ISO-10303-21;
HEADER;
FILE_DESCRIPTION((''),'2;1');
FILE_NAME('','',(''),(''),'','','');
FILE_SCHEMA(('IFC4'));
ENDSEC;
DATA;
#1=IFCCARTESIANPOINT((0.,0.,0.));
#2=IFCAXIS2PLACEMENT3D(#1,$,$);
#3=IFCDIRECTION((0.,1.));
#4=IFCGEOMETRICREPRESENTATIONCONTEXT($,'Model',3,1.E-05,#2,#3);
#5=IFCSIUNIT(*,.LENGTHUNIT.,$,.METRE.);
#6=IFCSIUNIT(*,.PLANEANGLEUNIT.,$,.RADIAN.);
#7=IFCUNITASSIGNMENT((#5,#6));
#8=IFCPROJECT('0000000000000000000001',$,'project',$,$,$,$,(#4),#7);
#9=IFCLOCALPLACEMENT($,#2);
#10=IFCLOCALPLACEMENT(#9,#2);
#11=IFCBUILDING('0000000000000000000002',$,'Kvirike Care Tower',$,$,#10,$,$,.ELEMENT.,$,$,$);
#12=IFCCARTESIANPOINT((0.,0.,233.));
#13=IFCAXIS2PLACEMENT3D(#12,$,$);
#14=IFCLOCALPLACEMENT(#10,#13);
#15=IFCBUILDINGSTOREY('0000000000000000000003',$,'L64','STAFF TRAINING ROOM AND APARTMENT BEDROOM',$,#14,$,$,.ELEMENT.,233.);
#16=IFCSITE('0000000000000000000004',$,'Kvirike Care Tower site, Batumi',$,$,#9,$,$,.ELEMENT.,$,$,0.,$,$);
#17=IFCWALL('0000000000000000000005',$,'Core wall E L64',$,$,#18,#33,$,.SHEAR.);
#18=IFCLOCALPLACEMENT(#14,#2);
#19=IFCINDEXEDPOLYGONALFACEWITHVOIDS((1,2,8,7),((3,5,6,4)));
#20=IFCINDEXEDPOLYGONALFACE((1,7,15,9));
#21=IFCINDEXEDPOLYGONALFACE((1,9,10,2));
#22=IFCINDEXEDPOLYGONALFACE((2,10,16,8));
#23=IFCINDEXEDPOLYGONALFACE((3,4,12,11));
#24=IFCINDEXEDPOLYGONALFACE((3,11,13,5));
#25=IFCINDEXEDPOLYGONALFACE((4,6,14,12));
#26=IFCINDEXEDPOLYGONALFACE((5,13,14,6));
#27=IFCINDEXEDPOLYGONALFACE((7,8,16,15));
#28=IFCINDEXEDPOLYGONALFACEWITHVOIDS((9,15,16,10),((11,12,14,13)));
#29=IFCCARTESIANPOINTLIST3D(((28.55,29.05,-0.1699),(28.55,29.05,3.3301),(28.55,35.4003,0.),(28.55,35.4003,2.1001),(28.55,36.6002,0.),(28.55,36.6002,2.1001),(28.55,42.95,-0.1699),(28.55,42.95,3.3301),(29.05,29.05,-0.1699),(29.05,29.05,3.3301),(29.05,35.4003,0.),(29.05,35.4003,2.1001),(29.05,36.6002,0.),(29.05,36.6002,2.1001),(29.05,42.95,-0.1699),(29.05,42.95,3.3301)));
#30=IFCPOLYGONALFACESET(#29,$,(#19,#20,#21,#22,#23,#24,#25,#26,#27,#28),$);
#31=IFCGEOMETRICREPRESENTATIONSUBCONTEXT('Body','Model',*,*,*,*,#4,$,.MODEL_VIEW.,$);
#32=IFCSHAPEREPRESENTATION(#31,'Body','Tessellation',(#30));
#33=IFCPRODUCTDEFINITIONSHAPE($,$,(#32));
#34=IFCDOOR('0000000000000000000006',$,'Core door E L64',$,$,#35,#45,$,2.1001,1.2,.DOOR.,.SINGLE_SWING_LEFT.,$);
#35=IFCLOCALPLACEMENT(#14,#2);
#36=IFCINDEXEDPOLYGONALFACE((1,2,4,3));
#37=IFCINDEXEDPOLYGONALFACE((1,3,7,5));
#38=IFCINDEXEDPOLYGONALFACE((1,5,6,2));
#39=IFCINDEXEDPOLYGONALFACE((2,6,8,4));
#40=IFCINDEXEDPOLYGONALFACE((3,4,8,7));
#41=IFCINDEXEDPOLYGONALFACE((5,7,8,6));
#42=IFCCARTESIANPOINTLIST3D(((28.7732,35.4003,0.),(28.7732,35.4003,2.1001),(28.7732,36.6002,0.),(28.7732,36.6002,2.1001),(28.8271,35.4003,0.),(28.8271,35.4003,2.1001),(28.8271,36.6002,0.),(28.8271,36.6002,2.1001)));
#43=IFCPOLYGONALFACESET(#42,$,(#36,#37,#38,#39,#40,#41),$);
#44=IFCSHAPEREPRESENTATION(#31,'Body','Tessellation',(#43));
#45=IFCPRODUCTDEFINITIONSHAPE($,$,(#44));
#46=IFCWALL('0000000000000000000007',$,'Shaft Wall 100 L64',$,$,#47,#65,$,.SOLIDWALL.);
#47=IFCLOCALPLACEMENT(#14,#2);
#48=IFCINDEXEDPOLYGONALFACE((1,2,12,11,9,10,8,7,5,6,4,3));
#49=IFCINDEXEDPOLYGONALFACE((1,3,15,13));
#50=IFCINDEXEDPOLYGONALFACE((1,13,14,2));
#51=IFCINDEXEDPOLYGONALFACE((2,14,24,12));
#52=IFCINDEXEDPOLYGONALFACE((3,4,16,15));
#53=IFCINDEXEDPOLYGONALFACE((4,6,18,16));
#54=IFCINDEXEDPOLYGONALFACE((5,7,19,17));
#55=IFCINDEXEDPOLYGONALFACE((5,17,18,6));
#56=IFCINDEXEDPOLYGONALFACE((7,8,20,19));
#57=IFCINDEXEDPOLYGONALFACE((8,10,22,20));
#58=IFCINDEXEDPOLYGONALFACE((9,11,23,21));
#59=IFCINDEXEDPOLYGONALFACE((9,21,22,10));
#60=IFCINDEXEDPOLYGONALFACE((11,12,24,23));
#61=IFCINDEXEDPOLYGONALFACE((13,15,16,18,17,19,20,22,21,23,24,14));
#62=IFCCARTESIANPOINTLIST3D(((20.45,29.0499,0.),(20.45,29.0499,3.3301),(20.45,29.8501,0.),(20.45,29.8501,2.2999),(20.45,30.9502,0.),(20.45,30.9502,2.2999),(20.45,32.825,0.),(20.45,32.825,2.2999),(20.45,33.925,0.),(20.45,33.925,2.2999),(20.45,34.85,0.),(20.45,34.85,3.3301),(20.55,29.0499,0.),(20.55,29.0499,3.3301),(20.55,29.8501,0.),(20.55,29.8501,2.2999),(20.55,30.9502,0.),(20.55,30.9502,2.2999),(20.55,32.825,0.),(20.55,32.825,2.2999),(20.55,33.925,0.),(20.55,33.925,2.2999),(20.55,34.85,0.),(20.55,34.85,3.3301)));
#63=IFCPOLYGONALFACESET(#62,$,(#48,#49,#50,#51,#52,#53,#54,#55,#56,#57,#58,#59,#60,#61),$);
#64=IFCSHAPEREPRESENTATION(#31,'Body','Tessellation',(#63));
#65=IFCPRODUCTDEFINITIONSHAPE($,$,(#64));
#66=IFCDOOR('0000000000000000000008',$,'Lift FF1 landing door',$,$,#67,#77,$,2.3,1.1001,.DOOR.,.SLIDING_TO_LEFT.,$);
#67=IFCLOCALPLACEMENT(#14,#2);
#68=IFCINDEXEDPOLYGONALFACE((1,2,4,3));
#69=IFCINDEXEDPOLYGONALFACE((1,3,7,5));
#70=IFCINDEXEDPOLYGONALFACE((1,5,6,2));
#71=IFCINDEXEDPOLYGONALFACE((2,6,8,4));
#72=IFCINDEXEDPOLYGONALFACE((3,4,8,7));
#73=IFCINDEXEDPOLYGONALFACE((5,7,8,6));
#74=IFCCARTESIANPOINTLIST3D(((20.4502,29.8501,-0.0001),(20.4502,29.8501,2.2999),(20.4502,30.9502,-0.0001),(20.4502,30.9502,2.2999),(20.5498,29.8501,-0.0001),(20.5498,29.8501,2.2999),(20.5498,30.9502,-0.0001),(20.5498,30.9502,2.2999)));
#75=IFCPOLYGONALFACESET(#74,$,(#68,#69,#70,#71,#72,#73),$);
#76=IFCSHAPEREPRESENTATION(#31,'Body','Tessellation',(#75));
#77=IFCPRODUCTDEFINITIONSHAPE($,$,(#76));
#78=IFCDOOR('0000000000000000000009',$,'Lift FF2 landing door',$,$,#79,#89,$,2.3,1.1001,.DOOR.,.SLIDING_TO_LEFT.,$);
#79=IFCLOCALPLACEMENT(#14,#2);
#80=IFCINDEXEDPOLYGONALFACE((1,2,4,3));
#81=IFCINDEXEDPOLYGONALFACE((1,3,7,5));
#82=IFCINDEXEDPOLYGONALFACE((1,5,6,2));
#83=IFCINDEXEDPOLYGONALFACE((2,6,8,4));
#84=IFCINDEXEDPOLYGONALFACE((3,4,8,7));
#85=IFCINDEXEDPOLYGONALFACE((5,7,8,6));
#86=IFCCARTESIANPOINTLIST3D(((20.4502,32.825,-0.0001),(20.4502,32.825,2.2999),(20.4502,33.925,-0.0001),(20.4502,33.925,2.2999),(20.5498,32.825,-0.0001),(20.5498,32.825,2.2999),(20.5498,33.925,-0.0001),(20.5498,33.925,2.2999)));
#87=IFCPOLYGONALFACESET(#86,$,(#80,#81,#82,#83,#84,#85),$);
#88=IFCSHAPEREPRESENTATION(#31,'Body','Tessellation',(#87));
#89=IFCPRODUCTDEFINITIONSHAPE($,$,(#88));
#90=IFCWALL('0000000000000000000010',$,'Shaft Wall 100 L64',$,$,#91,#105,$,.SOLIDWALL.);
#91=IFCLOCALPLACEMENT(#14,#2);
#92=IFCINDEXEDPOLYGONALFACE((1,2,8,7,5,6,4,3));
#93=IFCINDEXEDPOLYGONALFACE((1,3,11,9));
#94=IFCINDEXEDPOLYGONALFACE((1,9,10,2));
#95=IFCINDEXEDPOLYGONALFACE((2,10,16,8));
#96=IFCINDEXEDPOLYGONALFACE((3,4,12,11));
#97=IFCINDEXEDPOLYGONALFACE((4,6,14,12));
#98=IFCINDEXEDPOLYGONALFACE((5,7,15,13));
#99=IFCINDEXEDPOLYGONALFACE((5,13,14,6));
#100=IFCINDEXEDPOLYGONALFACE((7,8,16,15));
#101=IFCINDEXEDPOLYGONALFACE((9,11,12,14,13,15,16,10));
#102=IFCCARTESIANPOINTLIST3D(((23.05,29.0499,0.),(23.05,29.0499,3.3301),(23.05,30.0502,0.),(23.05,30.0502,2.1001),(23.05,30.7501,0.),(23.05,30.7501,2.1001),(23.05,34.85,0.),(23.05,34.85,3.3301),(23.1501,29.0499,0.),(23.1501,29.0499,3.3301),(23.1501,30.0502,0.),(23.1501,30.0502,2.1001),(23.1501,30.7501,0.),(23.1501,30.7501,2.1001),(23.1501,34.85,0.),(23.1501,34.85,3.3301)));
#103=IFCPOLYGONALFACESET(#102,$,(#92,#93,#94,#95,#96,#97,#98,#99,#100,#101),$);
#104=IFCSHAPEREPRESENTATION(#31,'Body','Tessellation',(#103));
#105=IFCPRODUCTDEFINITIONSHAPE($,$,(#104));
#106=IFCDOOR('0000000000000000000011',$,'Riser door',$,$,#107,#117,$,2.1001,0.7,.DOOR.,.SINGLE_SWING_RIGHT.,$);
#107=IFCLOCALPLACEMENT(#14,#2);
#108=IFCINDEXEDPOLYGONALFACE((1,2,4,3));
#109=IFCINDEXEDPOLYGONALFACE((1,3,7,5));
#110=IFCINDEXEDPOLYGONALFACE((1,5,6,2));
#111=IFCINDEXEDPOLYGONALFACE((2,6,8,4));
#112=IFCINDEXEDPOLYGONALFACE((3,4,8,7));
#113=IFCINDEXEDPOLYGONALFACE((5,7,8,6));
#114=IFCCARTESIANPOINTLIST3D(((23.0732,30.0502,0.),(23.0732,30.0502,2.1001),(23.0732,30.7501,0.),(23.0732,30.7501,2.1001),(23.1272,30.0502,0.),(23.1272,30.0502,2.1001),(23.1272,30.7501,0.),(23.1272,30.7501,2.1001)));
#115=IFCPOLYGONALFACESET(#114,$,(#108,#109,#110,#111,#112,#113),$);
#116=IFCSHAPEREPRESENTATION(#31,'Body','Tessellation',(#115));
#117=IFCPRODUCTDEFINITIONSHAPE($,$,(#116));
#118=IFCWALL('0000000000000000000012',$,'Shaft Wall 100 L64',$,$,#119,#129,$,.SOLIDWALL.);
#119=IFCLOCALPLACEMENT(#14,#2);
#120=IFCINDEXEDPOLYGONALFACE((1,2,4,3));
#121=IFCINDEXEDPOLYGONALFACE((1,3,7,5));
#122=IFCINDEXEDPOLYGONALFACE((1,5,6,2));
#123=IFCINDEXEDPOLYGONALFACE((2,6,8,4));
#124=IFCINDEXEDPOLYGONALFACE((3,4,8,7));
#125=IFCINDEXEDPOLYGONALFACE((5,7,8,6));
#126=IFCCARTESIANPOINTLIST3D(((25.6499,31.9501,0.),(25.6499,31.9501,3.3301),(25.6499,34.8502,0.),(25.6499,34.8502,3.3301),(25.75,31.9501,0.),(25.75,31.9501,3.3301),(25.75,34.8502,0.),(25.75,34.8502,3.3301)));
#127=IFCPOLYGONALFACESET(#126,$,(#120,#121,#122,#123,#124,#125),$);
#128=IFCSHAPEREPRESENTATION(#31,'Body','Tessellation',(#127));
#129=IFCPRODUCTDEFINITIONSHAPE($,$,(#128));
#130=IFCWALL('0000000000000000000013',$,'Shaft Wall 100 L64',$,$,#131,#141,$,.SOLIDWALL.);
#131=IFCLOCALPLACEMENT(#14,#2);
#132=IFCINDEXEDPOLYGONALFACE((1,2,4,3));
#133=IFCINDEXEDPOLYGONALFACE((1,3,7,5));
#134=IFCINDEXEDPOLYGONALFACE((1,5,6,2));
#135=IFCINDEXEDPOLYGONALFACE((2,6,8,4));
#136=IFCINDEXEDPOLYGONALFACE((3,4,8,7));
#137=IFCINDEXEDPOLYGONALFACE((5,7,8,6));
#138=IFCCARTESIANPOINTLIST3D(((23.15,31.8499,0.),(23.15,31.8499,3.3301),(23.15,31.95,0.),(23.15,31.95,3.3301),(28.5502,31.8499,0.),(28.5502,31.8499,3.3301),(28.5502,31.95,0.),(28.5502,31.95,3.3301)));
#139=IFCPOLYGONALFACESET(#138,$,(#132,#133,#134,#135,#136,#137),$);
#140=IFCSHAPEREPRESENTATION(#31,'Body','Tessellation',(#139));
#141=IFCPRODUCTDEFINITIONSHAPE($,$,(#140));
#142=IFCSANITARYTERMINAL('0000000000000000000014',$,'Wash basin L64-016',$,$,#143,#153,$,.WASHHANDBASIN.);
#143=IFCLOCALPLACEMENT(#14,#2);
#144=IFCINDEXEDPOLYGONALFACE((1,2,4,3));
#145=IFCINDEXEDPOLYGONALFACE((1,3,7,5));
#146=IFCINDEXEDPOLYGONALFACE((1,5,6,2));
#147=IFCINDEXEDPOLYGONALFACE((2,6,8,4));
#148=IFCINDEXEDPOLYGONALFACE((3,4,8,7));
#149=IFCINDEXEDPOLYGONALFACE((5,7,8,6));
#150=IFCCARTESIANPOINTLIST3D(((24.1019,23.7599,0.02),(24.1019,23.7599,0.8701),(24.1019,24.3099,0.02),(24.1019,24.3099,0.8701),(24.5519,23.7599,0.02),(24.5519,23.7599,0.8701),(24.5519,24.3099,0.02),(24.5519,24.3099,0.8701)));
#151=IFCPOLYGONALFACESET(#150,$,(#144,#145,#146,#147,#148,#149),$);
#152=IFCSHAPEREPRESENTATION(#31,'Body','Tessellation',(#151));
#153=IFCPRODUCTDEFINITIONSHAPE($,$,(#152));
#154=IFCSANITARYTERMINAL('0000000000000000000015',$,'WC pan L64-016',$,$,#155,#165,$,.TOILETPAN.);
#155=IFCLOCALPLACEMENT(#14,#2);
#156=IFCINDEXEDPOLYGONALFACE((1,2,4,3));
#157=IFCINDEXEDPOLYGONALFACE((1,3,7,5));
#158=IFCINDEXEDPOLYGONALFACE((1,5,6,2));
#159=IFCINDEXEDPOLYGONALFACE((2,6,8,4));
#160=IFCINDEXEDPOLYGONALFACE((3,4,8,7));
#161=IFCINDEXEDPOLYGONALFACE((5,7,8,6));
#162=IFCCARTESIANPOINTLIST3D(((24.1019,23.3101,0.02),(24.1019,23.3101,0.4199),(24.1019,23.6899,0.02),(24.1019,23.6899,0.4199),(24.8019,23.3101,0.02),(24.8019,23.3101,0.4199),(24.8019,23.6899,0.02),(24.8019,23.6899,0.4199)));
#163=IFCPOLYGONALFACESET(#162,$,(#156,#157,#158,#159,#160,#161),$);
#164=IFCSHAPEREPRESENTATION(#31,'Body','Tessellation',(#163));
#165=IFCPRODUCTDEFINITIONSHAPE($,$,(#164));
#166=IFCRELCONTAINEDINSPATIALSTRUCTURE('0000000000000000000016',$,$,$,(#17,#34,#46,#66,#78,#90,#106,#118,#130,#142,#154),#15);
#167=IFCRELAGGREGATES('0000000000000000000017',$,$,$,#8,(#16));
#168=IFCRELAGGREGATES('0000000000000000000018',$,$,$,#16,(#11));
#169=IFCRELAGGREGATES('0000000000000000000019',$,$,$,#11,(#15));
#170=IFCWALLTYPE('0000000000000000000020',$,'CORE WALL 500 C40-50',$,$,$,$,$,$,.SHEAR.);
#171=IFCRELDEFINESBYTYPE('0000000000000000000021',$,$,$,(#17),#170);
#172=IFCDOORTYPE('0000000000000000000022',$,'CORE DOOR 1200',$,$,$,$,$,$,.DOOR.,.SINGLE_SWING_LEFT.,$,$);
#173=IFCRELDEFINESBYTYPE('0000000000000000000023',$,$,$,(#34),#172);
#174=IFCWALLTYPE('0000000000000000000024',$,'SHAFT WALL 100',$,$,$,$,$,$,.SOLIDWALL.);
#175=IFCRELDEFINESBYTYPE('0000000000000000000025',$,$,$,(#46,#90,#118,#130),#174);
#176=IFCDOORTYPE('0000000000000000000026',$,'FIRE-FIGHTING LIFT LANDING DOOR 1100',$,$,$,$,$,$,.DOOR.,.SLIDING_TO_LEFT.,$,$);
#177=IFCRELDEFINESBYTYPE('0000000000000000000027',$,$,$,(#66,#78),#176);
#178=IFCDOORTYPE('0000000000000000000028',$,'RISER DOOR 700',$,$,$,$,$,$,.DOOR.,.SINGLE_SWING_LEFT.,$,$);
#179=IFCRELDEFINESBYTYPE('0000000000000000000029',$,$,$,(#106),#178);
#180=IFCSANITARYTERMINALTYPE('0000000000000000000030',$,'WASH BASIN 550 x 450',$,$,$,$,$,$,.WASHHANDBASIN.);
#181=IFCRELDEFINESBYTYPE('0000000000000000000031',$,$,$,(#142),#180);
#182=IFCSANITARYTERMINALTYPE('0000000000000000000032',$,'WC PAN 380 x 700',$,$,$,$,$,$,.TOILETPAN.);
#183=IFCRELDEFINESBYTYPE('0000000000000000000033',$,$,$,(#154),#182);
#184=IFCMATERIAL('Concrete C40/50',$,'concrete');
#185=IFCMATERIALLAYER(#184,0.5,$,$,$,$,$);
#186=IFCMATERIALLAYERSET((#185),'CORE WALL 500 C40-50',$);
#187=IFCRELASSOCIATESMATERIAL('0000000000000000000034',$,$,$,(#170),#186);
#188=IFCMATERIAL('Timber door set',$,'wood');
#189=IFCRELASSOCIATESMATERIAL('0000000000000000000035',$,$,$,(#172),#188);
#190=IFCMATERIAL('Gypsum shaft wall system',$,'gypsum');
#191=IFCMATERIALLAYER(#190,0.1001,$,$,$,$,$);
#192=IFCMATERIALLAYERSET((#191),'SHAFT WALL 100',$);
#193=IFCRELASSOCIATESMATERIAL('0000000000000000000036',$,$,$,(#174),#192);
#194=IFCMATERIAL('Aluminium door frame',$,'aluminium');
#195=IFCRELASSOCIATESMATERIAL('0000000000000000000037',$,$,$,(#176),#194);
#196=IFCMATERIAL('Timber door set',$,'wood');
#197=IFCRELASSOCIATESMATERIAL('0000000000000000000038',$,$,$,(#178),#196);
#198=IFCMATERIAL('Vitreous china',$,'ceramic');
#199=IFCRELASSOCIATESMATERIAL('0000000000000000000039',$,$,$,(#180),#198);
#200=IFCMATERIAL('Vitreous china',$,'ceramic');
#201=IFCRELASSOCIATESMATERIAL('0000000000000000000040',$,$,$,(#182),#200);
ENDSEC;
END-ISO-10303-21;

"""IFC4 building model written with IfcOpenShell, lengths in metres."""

from ifc_helpers import new_model, si_unit, direction, frame, frame_2d, origin, origin_2d, place, context, subcontext, project, spatial, rectangle, extrude, material, layer, layer_set, type_object, element, fill, save


model = new_model("IFC4")

# Units and contexts
model_context = context("Model", 3, precision=1e-05, world=origin(), true_north=direction((0.0, 1.0)))
body_context = subcontext(model_context, "Body", "Model", "MODEL_VIEW")
ifc_project = project(units=[si_unit("LENGTHUNIT", "METRE"), si_unit("PLANEANGLEUNIT", "RADIAN")], contexts=[model_context])

# Site, building, storey
site_placement = place(None, origin())
site = spatial("IfcSite", under=ifc_project, at=site_placement, Name="Kvirike Care Tower site, Batumi", CompositionType="ELEMENT", RefElevation=0.0)
building_placement = place(site_placement, origin())
building = spatial("IfcBuilding", under=site, at=building_placement, Name="Kvirike Care Tower", CompositionType="ELEMENT")
storey_placement = place(building_placement, frame((0.0, 0.0, 233.0)))
storey = spatial("IfcBuildingStorey", under=building, at=storey_placement, Name="L64", Description="STAFF TRAINING ROOM AND APARTMENT BEDROOM", CompositionType="ELEMENT", Elevation=233.0)

# Wall, opening, door
ifc_material_1 = material(Name="Concrete C40/50", Category="concrete")
ifc_layer_1 = layer(ifc_material_1, 0.5)
ifc_layer_set_1 = layer_set([ifc_layer_1], Name="CORE WALL 500 C40-50")
wall_type_1 = type_object("IfcWallType", Name="CORE WALL 500 C40-50", PredefinedType="SHEAR", material=ifc_layer_set_1)
wall_1_placement = place(storey_placement, frame((28.8, 29.05, -0.1699), z_axis=(0.0, 0.0, 1.0), x_axis=(0.0, 1.0, 0.0)))
wall_1 = element("IfcWall", 1, at=wall_1_placement, inside=storey, type_object=wall_type_1, Name="Core wall E L64", PredefinedType="SHEAR", context=body_context, shape_type="SweptSolid", body=[
    extrude(rectangle(XDim=13.8999, YDim=0.5, at=frame_2d((6.95, 0.0))), origin(), (0.0, 0.0, 1.0), 3.5),
])
opening_1_placement = place(wall_1_placement, frame((6.3501, 0.0, 0.1699)))
opening_1 = element("IfcOpeningElement", 2, at=opening_1_placement, cuts=wall_1, PredefinedType="OPENING", context=body_context, shape_type="SweptSolid", body=[
    extrude(rectangle(XDim=1.2, YDim=2.1001, at=frame_2d((0.6001, 1.05))), frame((0.0, 0.2605, 0.0), z_axis=(0.0, -1.0, 0.0), x_axis=(1.0, 0.0, 0.0)), (0.0, 0.0, 1.0), 0.521),
])
ifc_material_2 = material(Name="Timber door set", Category="wood")
door_type_1 = type_object("IfcDoorType", Name="CORE DOOR 1200", OperationType="SINGLE_SWING_LEFT", PredefinedType="DOOR", material=ifc_material_2)
door_1_placement = place(opening_1_placement, origin())
door_1 = element("IfcDoor", 3, at=door_1_placement, inside=storey, type_object=door_type_1, Name="Core door E L64", OperationType="SINGLE_SWING_LEFT", OverallHeight=2.1001, OverallWidth=1.2, PredefinedType="DOOR", context=body_context, shape_type="SweptSolid", body=[
    extrude(rectangle(XDim=1.2, YDim=2.1001, at=frame_2d((0.6001, 1.05))), frame((0.0, 0.0269, 0.0), z_axis=(0.0, -1.0, 0.0), x_axis=(1.0, 0.0, 0.0)), (0.0, 0.0, 1.0), 0.054),
])
fill(opening_1, door_1)

# Wall, openings, doors
ifc_material_3 = material(Name="Gypsum shaft wall system", Category="gypsum")
ifc_layer_2 = layer(ifc_material_3, 0.1001)
ifc_layer_set_2 = layer_set([ifc_layer_2], Name="SHAFT WALL 100")
wall_type_2 = type_object("IfcWallType", Name="SHAFT WALL 100", PredefinedType="SOLIDWALL", material=ifc_layer_set_2)
wall_2_placement = place(storey_placement, frame((20.5, 29.05, 0.0), z_axis=(0.0, 0.0, 1.0), x_axis=(0.0, 1.0, 0.0)))
wall_2 = element("IfcWall", 4, at=wall_2_placement, inside=storey, type_object=wall_type_2, Name="Shaft Wall 100 L64", PredefinedType="SOLIDWALL", context=body_context, shape_type="SweptSolid", body=[
    extrude(rectangle(XDim=5.8, YDim=0.1001, at=frame_2d((2.8999, 0.0))), origin(), (0.0, 0.0, 1.0), 3.3301),
])
opening_2_placement = place(wall_2_placement, frame((0.8, 0.0, 0.0)))
opening_2 = element("IfcOpeningElement", 5, at=opening_2_placement, cuts=wall_2, PredefinedType="OPENING", context=body_context, shape_type="SweptSolid", body=[
    extrude(rectangle(XDim=1.1001, YDim=2.3, at=frame_2d((0.55, 1.1499))), frame((0.0, 0.0605, 0.0), z_axis=(0.0, -1.0, 0.0), x_axis=(1.0, 0.0, 0.0)), (0.0, 0.0, 1.0), 0.1211),
])
opening_3_placement = place(wall_2_placement, frame((3.7749, 0.0, 0.0)))
opening_3 = element("IfcOpeningElement", 6, at=opening_3_placement, cuts=wall_2, PredefinedType="OPENING", context=body_context, shape_type="SweptSolid", body=[
    extrude(rectangle(XDim=1.1001, YDim=2.3, at=frame_2d((0.55, 1.1499))), frame((0.0, 0.0605, 0.0), z_axis=(0.0, -1.0, 0.0), x_axis=(1.0, 0.0, 0.0)), (0.0, 0.0, 1.0), 0.1211),
])
ifc_material_4 = material(Name="Aluminium door frame", Category="aluminium")
door_type_2 = type_object("IfcDoorType", Name="FIRE-FIGHTING LIFT LANDING DOOR 1100", OperationType="SLIDING_TO_LEFT", PredefinedType="DOOR", material=ifc_material_4)
door_2_placement = place(opening_2_placement, origin())
door_2 = element("IfcDoor", 7, at=door_2_placement, inside=storey, type_object=door_type_2, Name="Lift FF1 landing door", OperationType="SLIDING_TO_LEFT", OverallHeight=2.3, OverallWidth=1.1001, PredefinedType="DOOR", context=body_context, shape_type="SweptSolid", body=[
    extrude(rectangle(XDim=1.1001, YDim=2.3, at=frame_2d((0.55, 1.1499))), frame((0.0, 0.0498, 0.0), z_axis=(0.0, -1.0, 0.0), x_axis=(1.0, 0.0, 0.0)), (0.0, 0.0, 1.0), 0.0996),
])
fill(opening_2, door_2)
door_3_placement = place(opening_3_placement, origin())
door_3 = element("IfcDoor", 8, at=door_3_placement, inside=storey, type_object=door_type_2, Name="Lift FF2 landing door", OperationType="SLIDING_TO_LEFT", OverallHeight=2.3, OverallWidth=1.1001, PredefinedType="DOOR", context=body_context, shape_type="SweptSolid", body=[
    extrude(rectangle(XDim=1.1001, YDim=2.3, at=frame_2d((0.55, 1.1499))), frame((0.0, 0.0498, 0.0), z_axis=(0.0, -1.0, 0.0), x_axis=(1.0, 0.0, 0.0)), (0.0, 0.0, 1.0), 0.0996),
])
fill(opening_3, door_3)

# Wall, opening, door
wall_3_placement = place(storey_placement, frame((23.1001, 29.05, 0.0), z_axis=(0.0, 0.0, 1.0), x_axis=(0.0, 1.0, 0.0)))
wall_3 = element("IfcWall", 9, at=wall_3_placement, inside=storey, type_object=wall_type_2, Name="Shaft Wall 100 L64", PredefinedType="SOLIDWALL", context=body_context, shape_type="SweptSolid", body=[
    extrude(rectangle(XDim=5.8, YDim=0.1001, at=frame_2d((2.8999, 0.0))), origin(), (0.0, 0.0, 1.0), 3.3301),
])
opening_4_placement = place(wall_3_placement, frame((1.0, 0.0, 0.0)))
opening_4 = element("IfcOpeningElement", 10, at=opening_4_placement, cuts=wall_3, PredefinedType="OPENING", context=body_context, shape_type="SweptSolid", body=[
    extrude(rectangle(XDim=0.7, YDim=2.1001, at=frame_2d((0.3501, 1.05))), frame((0.0, 0.0605, 0.0), z_axis=(0.0, -1.0, 0.0), x_axis=(1.0, 0.0, 0.0)), (0.0, 0.0, 1.0), 0.1211),
])
ifc_material_5 = material(Name="Timber door set", Category="wood")
door_type_3 = type_object("IfcDoorType", Name="RISER DOOR 700", OperationType="SINGLE_SWING_LEFT", PredefinedType="DOOR", material=ifc_material_5)
door_4_placement = place(opening_4_placement, origin())
door_4 = element("IfcDoor", 11, at=door_4_placement, inside=storey, type_object=door_type_3, Name="Riser door", OperationType="SINGLE_SWING_RIGHT", OverallHeight=2.1001, OverallWidth=0.7, PredefinedType="DOOR", context=body_context, shape_type="SweptSolid", body=[
    extrude(rectangle(XDim=0.7, YDim=2.1001, at=frame_2d((0.3501, 1.05))), frame((0.0, 0.0269, 0.0), z_axis=(0.0, -1.0, 0.0), x_axis=(1.0, 0.0, 0.0)), (0.0, 0.0, 1.0), 0.054),
])
fill(opening_4, door_4)

# Walls
wall_4_placement = place(storey_placement, frame((25.7, 31.95, 0.0), z_axis=(0.0, 0.0, 1.0), x_axis=(0.0, 1.0, 0.0)))
element("IfcWall", 12, at=wall_4_placement, inside=storey, type_object=wall_type_2, Name="Shaft Wall 100 L64", PredefinedType="SOLIDWALL", context=body_context, shape_type="SweptSolid", body=[
    extrude(rectangle(XDim=2.9001, YDim=0.1001, at=frame_2d((1.4502, 0.0))), origin(), (0.0, 0.0, 1.0), 3.3301),
])
wall_5_placement = place(storey_placement, frame((23.1499, 31.8999, 0.0), z_axis=(0.0, 0.0, 1.0), x_axis=(1.0, 0.0, 0.0)))
element("IfcWall", 13, at=wall_5_placement, inside=storey, type_object=wall_type_2, Name="Shaft Wall 100 L64", PredefinedType="SOLIDWALL", context=body_context, shape_type="SweptSolid", body=[
    extrude(rectangle(XDim=5.4001, YDim=0.1001, at=frame_2d((2.7002, 0.0))), origin(), (0.0, 0.0, 1.0), 3.3301),
])

# Sanitary terminals
ifc_material_6 = material(Name="Vitreous china", Category="ceramic")
sanitary_terminal_type_1 = type_object("IfcSanitaryTerminalType", Name="WASH BASIN 550 x 450", PredefinedType="WASHHANDBASIN", material=ifc_material_6)
sanitary_terminal_1_placement = place(storey_placement, frame((24.3269, 24.0349, 0.02), z_axis=(0.0, 0.0, 1.0), x_axis=(0.0, 1.0, 0.0)))
element("IfcSanitaryTerminal", 14, at=sanitary_terminal_1_placement, inside=storey, type_object=sanitary_terminal_type_1, Name="Wash basin L64-016", PredefinedType="WASHHANDBASIN", context=body_context, shape_type="SweptSolid", body=[
    extrude(rectangle(XDim=0.55, YDim=0.45, at=origin_2d()), origin(), (0.0, 0.0, 1.0), 0.8501),
])
ifc_material_7 = material(Name="Vitreous china", Category="ceramic")
sanitary_terminal_type_2 = type_object("IfcSanitaryTerminalType", Name="WC PAN 380 x 700", PredefinedType="TOILETPAN", material=ifc_material_7)
sanitary_terminal_2_placement = place(storey_placement, frame((24.4519, 23.5, 0.02), z_axis=(0.0, 0.0, 1.0), x_axis=(0.0, 1.0, 0.0)))
element("IfcSanitaryTerminal", 15, at=sanitary_terminal_2_placement, inside=storey, type_object=sanitary_terminal_type_2, Name="WC pan L64-016", PredefinedType="TOILETPAN", context=body_context, shape_type="SweptSolid", body=[
    extrude(rectangle(XDim=0.3799, YDim=0.7, at=origin_2d()), origin(), (0.0, 0.0, 1.0), 0.3999),
])

save(model, "model.ifc")
